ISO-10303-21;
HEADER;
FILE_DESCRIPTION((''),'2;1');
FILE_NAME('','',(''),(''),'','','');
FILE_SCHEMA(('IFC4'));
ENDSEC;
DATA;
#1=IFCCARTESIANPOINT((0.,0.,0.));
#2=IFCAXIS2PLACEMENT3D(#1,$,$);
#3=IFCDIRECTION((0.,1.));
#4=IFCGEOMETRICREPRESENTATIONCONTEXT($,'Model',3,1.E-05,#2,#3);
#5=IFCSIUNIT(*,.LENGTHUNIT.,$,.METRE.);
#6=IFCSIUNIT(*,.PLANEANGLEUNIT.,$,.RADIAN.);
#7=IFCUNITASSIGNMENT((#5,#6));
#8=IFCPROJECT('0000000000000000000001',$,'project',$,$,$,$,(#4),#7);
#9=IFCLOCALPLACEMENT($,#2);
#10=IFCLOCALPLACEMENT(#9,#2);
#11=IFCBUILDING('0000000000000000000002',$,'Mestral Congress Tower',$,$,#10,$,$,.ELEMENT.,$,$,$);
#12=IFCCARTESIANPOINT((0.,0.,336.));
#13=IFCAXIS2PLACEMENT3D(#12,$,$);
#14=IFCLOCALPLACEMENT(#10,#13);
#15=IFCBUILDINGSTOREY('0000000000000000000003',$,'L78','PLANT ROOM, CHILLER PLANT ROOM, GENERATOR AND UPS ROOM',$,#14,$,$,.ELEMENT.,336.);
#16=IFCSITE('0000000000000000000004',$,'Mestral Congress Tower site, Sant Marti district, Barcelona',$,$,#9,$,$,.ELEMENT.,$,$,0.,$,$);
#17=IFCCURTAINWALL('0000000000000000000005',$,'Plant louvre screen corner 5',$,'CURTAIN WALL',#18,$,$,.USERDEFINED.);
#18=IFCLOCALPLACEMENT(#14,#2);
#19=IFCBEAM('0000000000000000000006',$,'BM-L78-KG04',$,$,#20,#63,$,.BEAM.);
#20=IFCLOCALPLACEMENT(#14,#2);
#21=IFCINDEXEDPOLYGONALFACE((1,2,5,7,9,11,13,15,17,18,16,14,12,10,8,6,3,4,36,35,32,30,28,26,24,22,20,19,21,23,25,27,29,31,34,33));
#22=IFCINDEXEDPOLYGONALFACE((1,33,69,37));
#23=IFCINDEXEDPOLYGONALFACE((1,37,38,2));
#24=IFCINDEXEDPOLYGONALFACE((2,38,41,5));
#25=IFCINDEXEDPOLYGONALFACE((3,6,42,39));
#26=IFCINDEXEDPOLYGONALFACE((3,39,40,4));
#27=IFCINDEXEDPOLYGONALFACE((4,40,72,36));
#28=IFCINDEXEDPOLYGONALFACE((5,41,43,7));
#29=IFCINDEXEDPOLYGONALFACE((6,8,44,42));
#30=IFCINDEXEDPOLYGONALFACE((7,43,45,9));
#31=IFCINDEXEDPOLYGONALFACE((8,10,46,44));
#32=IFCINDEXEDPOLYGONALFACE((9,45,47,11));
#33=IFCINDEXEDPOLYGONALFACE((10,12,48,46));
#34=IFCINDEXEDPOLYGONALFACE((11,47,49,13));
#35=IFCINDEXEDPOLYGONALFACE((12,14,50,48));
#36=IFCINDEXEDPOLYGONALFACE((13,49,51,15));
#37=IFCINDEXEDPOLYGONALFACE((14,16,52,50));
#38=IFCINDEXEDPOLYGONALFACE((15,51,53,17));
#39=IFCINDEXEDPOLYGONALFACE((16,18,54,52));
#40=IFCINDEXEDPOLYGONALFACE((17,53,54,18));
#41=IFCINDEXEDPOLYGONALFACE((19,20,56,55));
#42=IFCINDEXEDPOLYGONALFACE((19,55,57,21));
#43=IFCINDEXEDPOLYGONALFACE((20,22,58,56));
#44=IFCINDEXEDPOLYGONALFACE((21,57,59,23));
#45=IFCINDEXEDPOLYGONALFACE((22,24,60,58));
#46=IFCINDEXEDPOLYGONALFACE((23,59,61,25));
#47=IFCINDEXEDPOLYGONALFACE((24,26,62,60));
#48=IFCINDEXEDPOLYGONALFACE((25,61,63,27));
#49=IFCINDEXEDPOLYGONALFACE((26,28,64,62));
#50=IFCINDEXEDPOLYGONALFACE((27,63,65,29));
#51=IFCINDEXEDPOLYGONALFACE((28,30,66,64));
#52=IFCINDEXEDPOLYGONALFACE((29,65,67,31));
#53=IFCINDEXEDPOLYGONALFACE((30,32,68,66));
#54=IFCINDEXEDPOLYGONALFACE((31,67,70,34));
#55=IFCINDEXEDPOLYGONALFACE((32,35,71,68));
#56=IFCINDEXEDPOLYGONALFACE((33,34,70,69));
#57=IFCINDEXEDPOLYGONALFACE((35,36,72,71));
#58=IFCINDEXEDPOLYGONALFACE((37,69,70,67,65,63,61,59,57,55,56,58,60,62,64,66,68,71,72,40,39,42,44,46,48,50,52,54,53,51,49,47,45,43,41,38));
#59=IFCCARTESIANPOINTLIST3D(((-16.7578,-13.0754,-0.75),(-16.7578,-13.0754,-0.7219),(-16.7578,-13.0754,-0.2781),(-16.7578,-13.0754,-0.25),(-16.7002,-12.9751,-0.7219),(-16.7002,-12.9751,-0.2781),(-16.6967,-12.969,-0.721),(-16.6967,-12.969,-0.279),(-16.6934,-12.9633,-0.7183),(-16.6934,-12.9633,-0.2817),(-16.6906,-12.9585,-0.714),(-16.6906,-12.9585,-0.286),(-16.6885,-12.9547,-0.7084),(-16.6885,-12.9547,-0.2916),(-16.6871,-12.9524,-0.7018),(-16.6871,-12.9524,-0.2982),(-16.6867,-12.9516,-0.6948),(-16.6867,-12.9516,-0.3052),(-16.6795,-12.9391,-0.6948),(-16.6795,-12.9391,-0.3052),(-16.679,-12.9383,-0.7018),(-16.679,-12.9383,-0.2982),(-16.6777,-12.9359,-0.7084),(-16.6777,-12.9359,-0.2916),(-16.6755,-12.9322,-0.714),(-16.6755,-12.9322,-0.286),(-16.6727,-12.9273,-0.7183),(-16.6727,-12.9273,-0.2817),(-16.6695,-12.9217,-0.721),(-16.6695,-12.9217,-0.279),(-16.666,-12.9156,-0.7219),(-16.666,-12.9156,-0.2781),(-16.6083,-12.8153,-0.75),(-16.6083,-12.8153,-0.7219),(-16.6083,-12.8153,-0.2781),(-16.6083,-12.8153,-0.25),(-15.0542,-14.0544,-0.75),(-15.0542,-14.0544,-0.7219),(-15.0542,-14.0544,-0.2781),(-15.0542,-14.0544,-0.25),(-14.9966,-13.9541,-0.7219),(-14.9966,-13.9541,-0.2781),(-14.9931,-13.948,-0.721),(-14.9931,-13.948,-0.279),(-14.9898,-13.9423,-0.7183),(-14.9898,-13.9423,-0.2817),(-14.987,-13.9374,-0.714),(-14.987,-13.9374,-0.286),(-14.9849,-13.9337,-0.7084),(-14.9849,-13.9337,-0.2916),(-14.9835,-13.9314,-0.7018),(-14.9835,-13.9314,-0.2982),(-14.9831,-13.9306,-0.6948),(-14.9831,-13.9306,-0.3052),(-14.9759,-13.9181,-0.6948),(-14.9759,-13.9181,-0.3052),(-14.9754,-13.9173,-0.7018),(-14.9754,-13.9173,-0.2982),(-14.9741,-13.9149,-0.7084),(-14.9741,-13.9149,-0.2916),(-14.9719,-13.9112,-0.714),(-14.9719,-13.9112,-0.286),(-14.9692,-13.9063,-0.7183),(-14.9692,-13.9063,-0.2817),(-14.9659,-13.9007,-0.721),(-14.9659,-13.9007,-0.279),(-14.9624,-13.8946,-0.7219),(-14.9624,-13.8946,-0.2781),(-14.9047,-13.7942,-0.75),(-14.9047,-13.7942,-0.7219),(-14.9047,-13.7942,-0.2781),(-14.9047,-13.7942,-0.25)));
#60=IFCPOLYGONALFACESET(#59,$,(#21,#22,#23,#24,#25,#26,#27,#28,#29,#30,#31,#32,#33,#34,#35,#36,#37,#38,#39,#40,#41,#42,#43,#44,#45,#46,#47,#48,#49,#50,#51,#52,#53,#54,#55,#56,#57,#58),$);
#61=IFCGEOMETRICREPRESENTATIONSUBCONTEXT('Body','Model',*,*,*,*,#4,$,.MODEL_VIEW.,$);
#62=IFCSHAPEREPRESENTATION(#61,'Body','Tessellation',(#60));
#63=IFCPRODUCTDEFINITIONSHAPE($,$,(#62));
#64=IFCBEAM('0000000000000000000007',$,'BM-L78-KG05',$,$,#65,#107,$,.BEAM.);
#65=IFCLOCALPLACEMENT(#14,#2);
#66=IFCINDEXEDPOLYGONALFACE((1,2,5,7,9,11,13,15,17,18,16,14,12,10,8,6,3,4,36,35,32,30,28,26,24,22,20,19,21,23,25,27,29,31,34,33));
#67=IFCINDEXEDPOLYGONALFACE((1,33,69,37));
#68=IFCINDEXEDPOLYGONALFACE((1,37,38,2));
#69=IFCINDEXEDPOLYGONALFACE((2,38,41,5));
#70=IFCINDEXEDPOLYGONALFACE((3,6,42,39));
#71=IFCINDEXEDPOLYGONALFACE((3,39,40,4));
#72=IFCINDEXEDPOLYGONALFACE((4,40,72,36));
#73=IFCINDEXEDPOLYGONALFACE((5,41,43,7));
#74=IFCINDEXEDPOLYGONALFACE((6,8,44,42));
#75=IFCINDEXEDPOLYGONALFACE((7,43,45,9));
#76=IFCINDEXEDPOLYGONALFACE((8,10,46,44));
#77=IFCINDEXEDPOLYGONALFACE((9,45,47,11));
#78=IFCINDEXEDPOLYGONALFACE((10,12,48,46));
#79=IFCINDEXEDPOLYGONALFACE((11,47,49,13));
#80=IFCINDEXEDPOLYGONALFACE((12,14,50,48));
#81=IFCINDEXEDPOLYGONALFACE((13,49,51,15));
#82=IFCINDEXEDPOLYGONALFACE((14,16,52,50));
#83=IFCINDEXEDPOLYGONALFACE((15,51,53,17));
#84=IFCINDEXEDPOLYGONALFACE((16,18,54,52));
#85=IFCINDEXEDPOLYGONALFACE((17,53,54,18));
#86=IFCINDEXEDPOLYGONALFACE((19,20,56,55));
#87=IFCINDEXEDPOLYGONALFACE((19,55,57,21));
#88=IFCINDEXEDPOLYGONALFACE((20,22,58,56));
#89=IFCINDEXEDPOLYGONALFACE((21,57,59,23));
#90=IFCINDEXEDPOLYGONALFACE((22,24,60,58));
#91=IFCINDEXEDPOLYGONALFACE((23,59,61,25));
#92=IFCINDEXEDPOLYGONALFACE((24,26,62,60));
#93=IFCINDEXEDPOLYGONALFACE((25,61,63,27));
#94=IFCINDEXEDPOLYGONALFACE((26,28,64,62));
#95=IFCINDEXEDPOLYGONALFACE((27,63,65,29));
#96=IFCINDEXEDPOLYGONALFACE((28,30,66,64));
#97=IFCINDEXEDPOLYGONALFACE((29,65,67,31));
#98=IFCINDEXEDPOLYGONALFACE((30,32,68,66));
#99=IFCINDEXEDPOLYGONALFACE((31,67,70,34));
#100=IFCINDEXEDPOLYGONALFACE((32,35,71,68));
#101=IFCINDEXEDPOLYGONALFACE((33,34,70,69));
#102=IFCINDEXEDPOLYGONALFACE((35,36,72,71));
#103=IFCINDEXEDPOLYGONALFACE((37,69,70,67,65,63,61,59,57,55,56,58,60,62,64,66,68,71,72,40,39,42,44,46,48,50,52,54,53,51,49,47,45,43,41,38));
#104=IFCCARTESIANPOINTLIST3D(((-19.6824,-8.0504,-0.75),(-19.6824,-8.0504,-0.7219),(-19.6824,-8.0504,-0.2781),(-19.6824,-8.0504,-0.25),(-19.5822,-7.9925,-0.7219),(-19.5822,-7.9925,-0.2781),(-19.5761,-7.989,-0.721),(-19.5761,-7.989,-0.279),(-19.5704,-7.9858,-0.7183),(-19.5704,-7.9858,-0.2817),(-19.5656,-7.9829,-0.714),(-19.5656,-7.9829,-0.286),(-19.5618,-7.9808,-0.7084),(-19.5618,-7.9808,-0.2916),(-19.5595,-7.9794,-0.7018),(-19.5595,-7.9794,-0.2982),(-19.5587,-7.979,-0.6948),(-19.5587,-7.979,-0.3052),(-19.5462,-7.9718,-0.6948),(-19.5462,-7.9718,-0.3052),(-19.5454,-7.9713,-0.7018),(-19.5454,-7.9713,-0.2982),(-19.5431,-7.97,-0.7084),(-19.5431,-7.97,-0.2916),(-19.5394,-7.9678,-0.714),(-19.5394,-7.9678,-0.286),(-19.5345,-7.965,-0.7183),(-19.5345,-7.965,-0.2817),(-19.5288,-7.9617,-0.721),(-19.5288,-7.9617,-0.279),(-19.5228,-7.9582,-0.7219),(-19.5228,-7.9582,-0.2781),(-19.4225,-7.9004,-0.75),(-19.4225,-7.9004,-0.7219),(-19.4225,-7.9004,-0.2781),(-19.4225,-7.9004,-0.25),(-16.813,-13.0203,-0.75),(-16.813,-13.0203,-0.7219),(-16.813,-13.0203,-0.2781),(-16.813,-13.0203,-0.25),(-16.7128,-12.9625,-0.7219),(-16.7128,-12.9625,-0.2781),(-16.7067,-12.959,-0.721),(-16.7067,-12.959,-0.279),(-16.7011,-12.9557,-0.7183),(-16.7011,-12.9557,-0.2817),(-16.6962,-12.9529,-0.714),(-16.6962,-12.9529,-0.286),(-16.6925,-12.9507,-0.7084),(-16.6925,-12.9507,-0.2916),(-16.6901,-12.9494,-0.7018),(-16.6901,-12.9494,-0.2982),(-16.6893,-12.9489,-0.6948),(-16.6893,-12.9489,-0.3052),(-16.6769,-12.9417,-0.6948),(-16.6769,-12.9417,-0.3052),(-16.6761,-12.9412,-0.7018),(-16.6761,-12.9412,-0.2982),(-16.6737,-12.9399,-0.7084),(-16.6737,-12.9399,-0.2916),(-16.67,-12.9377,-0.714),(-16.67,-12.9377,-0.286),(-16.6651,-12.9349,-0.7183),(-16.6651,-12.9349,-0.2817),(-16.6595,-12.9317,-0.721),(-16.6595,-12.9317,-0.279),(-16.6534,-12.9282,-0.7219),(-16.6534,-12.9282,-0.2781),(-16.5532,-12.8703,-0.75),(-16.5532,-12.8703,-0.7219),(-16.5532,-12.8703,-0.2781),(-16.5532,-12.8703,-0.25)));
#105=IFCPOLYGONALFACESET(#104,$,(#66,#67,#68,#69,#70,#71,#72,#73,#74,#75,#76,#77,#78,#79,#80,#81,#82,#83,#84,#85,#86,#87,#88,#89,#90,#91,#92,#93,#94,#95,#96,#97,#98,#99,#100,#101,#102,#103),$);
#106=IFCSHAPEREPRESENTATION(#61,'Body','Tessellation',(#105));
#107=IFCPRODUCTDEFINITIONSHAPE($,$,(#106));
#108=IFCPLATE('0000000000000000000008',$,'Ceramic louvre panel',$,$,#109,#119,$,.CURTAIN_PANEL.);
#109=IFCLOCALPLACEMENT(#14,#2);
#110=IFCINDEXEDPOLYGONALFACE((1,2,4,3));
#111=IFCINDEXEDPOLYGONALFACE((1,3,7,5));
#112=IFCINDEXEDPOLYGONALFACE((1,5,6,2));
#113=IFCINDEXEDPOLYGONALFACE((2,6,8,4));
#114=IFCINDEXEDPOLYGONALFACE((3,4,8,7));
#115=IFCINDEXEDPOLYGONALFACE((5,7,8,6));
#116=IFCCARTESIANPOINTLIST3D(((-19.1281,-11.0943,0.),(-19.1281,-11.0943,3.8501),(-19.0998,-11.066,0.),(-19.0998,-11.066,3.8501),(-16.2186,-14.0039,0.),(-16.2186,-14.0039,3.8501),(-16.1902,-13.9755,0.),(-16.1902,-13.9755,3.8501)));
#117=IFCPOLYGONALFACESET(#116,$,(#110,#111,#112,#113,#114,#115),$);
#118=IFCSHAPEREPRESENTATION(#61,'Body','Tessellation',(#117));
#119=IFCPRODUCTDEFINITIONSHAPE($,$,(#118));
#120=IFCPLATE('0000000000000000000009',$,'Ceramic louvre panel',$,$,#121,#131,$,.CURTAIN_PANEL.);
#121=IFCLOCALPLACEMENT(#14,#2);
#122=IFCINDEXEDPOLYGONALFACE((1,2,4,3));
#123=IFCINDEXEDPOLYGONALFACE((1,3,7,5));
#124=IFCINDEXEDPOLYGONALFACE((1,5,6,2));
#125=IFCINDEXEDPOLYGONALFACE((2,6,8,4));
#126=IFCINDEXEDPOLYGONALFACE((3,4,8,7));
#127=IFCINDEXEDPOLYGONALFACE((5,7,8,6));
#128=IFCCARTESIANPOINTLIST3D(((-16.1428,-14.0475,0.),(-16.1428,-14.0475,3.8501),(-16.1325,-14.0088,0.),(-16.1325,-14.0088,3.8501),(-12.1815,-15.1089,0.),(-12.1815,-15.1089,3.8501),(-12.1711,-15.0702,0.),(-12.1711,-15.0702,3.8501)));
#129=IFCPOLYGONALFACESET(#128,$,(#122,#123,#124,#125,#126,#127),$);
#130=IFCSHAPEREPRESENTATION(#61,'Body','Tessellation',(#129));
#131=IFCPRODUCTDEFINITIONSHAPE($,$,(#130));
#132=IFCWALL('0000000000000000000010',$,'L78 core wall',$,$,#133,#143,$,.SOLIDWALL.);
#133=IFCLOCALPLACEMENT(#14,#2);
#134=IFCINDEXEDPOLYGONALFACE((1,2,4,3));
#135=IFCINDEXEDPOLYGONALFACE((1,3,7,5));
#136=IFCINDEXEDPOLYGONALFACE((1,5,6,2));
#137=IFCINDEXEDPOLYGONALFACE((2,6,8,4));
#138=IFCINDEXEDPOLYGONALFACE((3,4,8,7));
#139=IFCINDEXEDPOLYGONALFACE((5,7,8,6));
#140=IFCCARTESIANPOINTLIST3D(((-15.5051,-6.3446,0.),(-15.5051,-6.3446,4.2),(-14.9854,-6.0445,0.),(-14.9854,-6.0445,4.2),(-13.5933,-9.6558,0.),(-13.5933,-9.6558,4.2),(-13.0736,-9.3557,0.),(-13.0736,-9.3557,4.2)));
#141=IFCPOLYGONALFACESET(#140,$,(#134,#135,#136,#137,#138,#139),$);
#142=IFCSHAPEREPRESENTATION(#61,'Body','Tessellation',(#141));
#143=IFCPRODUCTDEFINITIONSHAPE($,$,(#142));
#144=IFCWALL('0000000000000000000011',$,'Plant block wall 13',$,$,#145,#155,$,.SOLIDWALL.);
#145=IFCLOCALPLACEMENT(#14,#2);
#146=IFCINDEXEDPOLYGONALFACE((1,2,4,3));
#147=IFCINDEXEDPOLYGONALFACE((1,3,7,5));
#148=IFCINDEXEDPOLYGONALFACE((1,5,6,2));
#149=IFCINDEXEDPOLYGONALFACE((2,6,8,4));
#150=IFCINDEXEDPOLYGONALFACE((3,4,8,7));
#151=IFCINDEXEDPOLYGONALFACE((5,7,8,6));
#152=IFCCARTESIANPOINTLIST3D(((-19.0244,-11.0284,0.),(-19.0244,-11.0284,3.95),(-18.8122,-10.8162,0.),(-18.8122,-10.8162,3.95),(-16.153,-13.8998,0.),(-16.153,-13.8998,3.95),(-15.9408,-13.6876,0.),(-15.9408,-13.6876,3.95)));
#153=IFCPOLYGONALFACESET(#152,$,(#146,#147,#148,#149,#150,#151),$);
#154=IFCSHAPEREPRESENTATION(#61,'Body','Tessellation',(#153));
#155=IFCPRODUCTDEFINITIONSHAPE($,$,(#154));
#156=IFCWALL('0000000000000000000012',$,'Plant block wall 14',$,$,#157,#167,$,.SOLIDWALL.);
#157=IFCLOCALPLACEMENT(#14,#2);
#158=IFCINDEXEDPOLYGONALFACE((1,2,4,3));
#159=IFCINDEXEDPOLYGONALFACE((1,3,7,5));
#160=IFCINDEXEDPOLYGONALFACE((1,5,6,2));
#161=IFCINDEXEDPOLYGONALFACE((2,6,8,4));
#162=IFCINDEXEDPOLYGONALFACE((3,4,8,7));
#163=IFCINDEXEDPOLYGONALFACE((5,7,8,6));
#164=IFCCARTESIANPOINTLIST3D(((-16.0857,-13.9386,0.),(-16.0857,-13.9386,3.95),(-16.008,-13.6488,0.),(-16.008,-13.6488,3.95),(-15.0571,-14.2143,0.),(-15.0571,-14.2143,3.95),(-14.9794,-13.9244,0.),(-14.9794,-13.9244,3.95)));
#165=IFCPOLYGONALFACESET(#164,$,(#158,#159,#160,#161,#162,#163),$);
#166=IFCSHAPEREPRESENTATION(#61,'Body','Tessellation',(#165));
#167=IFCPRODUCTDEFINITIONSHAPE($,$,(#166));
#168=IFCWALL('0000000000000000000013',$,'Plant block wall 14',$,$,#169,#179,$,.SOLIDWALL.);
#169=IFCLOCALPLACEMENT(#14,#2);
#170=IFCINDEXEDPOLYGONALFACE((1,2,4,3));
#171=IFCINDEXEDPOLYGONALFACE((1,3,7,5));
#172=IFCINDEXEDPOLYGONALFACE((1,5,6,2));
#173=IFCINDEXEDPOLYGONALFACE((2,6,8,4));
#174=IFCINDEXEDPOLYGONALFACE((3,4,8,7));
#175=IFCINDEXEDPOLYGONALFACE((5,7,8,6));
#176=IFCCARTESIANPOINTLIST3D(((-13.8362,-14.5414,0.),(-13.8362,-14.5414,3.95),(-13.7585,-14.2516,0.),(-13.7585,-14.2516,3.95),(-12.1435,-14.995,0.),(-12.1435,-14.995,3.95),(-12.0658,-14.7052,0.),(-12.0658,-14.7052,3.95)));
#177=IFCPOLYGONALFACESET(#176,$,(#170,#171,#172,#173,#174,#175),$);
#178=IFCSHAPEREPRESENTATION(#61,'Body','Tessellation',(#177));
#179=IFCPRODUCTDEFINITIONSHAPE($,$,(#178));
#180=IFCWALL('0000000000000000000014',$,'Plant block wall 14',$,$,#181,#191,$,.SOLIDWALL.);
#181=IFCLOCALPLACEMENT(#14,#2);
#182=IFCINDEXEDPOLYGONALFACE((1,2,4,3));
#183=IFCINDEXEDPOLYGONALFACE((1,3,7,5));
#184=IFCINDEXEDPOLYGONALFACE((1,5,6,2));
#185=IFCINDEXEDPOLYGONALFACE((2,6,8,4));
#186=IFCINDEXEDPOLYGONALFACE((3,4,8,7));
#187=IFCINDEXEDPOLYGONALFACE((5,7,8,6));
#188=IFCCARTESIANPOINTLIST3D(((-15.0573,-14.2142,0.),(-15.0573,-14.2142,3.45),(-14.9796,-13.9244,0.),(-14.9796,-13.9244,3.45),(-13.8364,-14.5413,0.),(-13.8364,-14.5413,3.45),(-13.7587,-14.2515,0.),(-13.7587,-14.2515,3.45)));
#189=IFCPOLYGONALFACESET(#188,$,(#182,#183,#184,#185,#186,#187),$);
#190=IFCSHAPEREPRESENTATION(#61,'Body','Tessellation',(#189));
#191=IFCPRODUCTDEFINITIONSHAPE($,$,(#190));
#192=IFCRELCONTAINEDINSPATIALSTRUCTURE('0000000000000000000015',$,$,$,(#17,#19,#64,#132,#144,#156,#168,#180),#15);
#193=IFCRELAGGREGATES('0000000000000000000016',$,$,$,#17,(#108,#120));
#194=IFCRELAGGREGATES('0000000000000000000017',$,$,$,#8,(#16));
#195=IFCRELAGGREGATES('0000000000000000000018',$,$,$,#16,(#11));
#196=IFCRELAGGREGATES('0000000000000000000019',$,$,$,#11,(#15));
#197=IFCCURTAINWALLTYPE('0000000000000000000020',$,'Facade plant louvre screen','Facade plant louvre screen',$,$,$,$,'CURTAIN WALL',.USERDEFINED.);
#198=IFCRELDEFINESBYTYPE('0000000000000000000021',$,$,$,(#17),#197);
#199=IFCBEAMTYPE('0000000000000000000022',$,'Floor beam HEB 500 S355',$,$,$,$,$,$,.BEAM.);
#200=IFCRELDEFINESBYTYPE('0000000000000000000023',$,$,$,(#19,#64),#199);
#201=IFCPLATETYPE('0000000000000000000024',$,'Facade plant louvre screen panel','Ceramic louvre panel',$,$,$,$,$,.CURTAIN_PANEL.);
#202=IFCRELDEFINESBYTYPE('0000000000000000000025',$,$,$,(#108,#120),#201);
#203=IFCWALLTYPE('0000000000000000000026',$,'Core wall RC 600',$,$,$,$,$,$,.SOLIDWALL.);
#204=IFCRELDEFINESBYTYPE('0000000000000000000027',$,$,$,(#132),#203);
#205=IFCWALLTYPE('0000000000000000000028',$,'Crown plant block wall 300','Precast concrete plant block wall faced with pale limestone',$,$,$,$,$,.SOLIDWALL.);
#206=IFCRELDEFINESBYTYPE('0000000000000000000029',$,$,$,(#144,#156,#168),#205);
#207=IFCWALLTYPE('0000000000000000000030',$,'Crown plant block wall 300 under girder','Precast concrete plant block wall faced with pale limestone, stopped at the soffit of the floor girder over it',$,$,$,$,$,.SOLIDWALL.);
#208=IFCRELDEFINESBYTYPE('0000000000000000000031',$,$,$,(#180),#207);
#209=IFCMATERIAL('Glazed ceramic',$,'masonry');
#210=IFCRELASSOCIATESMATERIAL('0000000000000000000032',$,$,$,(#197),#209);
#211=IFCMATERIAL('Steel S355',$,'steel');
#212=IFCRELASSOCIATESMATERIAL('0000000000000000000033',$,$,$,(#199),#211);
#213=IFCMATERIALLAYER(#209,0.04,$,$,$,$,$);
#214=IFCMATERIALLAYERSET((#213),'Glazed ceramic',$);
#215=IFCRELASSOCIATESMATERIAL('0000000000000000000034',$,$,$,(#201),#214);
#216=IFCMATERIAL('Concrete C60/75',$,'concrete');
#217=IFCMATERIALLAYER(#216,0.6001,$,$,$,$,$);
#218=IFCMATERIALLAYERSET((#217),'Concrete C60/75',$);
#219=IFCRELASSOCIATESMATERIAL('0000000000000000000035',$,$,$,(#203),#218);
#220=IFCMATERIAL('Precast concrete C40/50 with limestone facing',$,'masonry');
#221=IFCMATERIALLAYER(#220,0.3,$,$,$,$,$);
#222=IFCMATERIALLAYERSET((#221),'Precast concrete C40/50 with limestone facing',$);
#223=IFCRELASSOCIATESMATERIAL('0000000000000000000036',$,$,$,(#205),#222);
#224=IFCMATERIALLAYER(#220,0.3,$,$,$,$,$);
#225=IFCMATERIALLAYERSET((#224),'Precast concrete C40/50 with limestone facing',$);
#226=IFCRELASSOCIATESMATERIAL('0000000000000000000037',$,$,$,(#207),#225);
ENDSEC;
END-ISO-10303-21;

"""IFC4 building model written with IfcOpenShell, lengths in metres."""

from ifc_helpers import new_model, si_unit, direction, frame, frame_2d, origin, origin_2d, place, context, subcontext, project, spatial, rectangle, i_section, extrude, material, layer, layer_set, material_profile, profile_set, type_object, element, aggregate, save


model = new_model("IFC4")

# Units and contexts
model_context = context("Model", 3, precision=1e-05, world=origin(), true_north=direction((0.0, 1.0)))
body_context = subcontext(model_context, "Body", "Model", "MODEL_VIEW")
ifc_project = project(units=[si_unit("LENGTHUNIT", "METRE"), si_unit("PLANEANGLEUNIT", "RADIAN")], contexts=[model_context])

# Site, building, storey
site_placement = place(None, origin())
site = spatial("IfcSite", under=ifc_project, at=site_placement, Name="Mestral Congress Tower site, Sant Marti district, Barcelona", CompositionType="ELEMENT", RefElevation=0.0)
building_placement = place(site_placement, origin())
building = spatial("IfcBuilding", under=site, at=building_placement, Name="Mestral Congress Tower", CompositionType="ELEMENT")
storey_placement = place(building_placement, frame((0.0, 0.0, 336.0)))
storey = spatial("IfcBuildingStorey", under=building, at=storey_placement, Name="L78", Description="PLANT ROOM, CHILLER PLANT ROOM, GENERATOR AND UPS ROOM", CompositionType="ELEMENT", Elevation=336.0)

# Shared definitions
ifc_material_1 = material(Name="Steel S355", Category="steel")
ifc_material_2 = material(Name="Concrete C60/75", Category="concrete")

# Curtain wall
ifc_material_3 = material(Name="Glazed ceramic", Category="masonry")
curtain_wall_type = type_object("IfcCurtainWallType", Name="Facade plant louvre screen", Description="Facade plant louvre screen", ElementType="CURTAIN WALL", PredefinedType="USERDEFINED", material=ifc_material_3)
curtain_wall_placement = place(storey_placement, origin())
curtain_wall = element("IfcCurtainWall", 1, at=curtain_wall_placement, inside=storey, type_object=curtain_wall_type, Name="Plant louvre screen corner 5", ObjectType="CURTAIN WALL", PredefinedType="USERDEFINED")

# Beams
ifc_material_profile_1 = material_profile(ifc_material_1, i_section(OverallWidth=0.3, OverallDepth=0.5, WebThickness=0.0144, FlangeThickness=0.0281, FilletRadius=0.0271, at=origin_2d()), Name="HEB 500")
ifc_profile_set_1 = profile_set([ifc_material_profile_1], Name="Steel S355")
beam_type_1 = type_object("IfcBeamType", Name="Floor beam HEB 500 S355", PredefinedType="BEAM", material=ifc_profile_set_1)
beam_1_placement = place(storey_placement, frame((-14.9795, -13.9243, -0.5), z_axis=(-0.867032, 0.498252, 0.0), x_axis=(-0.498252, -0.867032, 0.0)))
element("IfcBeam", 2, at=beam_1_placement, inside=storey, type_object=beam_type_1, Name="BM-L78-KG04", PredefinedType="BEAM", context=body_context, shape_type="SweptSolid", body=[
    extrude(i_section(OverallWidth=0.3, OverallDepth=0.5, WebThickness=0.0144, FlangeThickness=0.0281, FilletRadius=0.0271, at=origin_2d()), origin(), (0.0, 0.0, 1.0), 1.9648),
])
beam_2_placement = place(storey_placement, frame((-16.6831, -12.9453, -0.5), z_axis=(-0.499996, 0.866028, 0.0), x_axis=(-0.866028, -0.499996, 0.0)))
element("IfcBeam", 3, at=beam_2_placement, inside=storey, type_object=beam_type_1, Name="BM-L78-KG05", PredefinedType="BEAM", context=body_context, shape_type="SweptSolid", body=[
    extrude(i_section(OverallWidth=0.3, OverallDepth=0.5, WebThickness=0.0144, FlangeThickness=0.0281, FilletRadius=0.0271, at=origin_2d()), origin(), (0.0, 0.0, 1.0), 5.7388),
])

# Plates
ifc_layer_1 = layer(ifc_material_3, 0.04)
ifc_layer_set_1 = layer_set([ifc_layer_1], Name="Glazed ceramic")
plate_type = type_object("IfcPlateType", Name="Facade plant louvre screen panel", Description="Ceramic louvre panel", PredefinedType="CURTAIN_PANEL", material=ifc_layer_set_1)
plate_1_placement = place(storey_placement, frame((-17.6592, -12.5349, 0.0), z_axis=(0.0, 0.0, 1.0), x_axis=(0.707107, -0.707107, 0.0)))
plate_1 = element("IfcPlate", 4, at=plate_1_placement, type_object=plate_type, Name="Ceramic louvre panel", PredefinedType="CURTAIN_PANEL", context=body_context, shape_type="SweptSolid", body=[
    extrude(rectangle(XDim=4.1147, YDim=0.04, at=origin_2d()), origin(), (0.0, 0.0, 1.0), 3.8501),
])
plate_2_placement = place(storey_placement, frame((-14.157, -14.5588, 0.0), z_axis=(0.0, 0.0, 1.0), x_axis=(0.965926, -0.258819, 0.0)))
plate_2 = element("IfcPlate", 5, at=plate_2_placement, type_object=plate_type, Name="Ceramic louvre panel", PredefinedType="CURTAIN_PANEL", context=body_context, shape_type="SweptSolid", body=[
    extrude(rectangle(XDim=4.1011, YDim=0.04, at=origin_2d()), origin(), (0.0, 0.0, 1.0), 3.8501),
])
aggregate(curtain_wall, [plate_1, plate_2])

# Walls
ifc_layer_2 = layer(ifc_material_2, 0.6001)
ifc_layer_set_2 = layer_set([ifc_layer_2], Name="Concrete C60/75")
wall_type_1 = type_object("IfcWallType", Name="Core wall RC 600", PredefinedType="SOLIDWALL", material=ifc_layer_set_2)
wall_1_placement = place(storey_placement, frame((-13.3335, -9.5056, 0.0), z_axis=(0.0, 0.0, 1.0), x_axis=(-0.500019, 0.866014, 0.0)))
element("IfcWall", 6, at=wall_1_placement, inside=storey, type_object=wall_type_1, Name="L78 core wall", PredefinedType="SOLIDWALL", context=body_context, shape_type="SweptSolid", body=[
    extrude(rectangle(XDim=3.8235, YDim=0.6001, at=frame_2d((1.9116, 0.0))), origin(), (0.0, 0.0, 1.0), 4.2),
])
ifc_material_4 = material(Name="Precast concrete C40/50 with limestone facing", Category="masonry")
ifc_layer_3 = layer(ifc_material_4, 0.3)
ifc_layer_set_3 = layer_set([ifc_layer_3], Name="Precast concrete C40/50 with limestone facing")
wall_type_2 = type_object("IfcWallType", Name="Crown plant block wall 300", Description="Precast concrete plant block wall faced with pale limestone", PredefinedType="SOLIDWALL", material=ifc_layer_set_3)
wall_2_placement = place(storey_placement, frame((-18.9182, -10.9224, 0.0), z_axis=(0.0, 0.0, 1.0), x_axis=(0.707107, -0.707107, 0.0)))
element("IfcWall", 7, at=wall_2_placement, inside=storey, type_object=wall_type_2, Name="Plant block wall 13", PredefinedType="SOLIDWALL", context=body_context, shape_type="SweptSolid", body=[
    extrude(rectangle(XDim=4.0608, YDim=0.3, at=frame_2d((2.0303, 0.0))), origin(), (0.0, 0.0, 1.0), 3.95),
])
wall_3_placement = place(storey_placement, frame((-16.0469, -13.7937, 0.0), z_axis=(0.0, 0.0, 1.0), x_axis=(0.965918, -0.258847, 0.0)))
element("IfcWall", 8, at=wall_3_placement, inside=storey, type_object=wall_type_2, Name="Plant block wall 14", PredefinedType="SOLIDWALL", context=body_context, shape_type="SweptSolid", body=[
    extrude(rectangle(XDim=1.0649, YDim=0.3, at=frame_2d((0.5325, 0.0))), origin(), (0.0, 0.0, 1.0), 3.95),
])
wall_4_placement = place(storey_placement, frame((-13.7974, -14.3965, 0.0), z_axis=(0.0, 0.0, 1.0), x_axis=(0.965915, -0.258859, 0.0)))
element("IfcWall", 9, at=wall_4_placement, inside=storey, type_object=wall_type_2, Name="Plant block wall 14", PredefinedType="SOLIDWALL", context=body_context, shape_type="SweptSolid", body=[
    extrude(rectangle(XDim=1.7524, YDim=0.3, at=frame_2d((0.8762, 0.0))), origin(), (0.0, 0.0, 1.0), 3.95),
])
ifc_layer_4 = layer(ifc_material_4, 0.3)
ifc_layer_set_4 = layer_set([ifc_layer_4], Name="Precast concrete C40/50 with limestone facing")
wall_type_3 = type_object("IfcWallType", Name="Crown plant block wall 300 under girder", Description="Precast concrete plant block wall faced with pale limestone, stopped at the soffit of the floor girder over it", PredefinedType="SOLIDWALL", material=ifc_layer_set_4)
wall_5_placement = place(storey_placement, frame((-15.0183, -14.0693, 0.0), z_axis=(0.0, 0.0, 1.0), x_axis=(0.965926, -0.258817, 0.0)))
element("IfcWall", 10, at=wall_5_placement, inside=storey, type_object=wall_type_3, Name="Plant block wall 14", PredefinedType="SOLIDWALL", context=body_context, shape_type="SweptSolid", body=[
    extrude(rectangle(XDim=1.2639, YDim=0.3, at=frame_2d((0.6318, 0.0))), origin(), (0.0, 0.0, 1.0), 3.45),
])

save(model, "model.ifc")
